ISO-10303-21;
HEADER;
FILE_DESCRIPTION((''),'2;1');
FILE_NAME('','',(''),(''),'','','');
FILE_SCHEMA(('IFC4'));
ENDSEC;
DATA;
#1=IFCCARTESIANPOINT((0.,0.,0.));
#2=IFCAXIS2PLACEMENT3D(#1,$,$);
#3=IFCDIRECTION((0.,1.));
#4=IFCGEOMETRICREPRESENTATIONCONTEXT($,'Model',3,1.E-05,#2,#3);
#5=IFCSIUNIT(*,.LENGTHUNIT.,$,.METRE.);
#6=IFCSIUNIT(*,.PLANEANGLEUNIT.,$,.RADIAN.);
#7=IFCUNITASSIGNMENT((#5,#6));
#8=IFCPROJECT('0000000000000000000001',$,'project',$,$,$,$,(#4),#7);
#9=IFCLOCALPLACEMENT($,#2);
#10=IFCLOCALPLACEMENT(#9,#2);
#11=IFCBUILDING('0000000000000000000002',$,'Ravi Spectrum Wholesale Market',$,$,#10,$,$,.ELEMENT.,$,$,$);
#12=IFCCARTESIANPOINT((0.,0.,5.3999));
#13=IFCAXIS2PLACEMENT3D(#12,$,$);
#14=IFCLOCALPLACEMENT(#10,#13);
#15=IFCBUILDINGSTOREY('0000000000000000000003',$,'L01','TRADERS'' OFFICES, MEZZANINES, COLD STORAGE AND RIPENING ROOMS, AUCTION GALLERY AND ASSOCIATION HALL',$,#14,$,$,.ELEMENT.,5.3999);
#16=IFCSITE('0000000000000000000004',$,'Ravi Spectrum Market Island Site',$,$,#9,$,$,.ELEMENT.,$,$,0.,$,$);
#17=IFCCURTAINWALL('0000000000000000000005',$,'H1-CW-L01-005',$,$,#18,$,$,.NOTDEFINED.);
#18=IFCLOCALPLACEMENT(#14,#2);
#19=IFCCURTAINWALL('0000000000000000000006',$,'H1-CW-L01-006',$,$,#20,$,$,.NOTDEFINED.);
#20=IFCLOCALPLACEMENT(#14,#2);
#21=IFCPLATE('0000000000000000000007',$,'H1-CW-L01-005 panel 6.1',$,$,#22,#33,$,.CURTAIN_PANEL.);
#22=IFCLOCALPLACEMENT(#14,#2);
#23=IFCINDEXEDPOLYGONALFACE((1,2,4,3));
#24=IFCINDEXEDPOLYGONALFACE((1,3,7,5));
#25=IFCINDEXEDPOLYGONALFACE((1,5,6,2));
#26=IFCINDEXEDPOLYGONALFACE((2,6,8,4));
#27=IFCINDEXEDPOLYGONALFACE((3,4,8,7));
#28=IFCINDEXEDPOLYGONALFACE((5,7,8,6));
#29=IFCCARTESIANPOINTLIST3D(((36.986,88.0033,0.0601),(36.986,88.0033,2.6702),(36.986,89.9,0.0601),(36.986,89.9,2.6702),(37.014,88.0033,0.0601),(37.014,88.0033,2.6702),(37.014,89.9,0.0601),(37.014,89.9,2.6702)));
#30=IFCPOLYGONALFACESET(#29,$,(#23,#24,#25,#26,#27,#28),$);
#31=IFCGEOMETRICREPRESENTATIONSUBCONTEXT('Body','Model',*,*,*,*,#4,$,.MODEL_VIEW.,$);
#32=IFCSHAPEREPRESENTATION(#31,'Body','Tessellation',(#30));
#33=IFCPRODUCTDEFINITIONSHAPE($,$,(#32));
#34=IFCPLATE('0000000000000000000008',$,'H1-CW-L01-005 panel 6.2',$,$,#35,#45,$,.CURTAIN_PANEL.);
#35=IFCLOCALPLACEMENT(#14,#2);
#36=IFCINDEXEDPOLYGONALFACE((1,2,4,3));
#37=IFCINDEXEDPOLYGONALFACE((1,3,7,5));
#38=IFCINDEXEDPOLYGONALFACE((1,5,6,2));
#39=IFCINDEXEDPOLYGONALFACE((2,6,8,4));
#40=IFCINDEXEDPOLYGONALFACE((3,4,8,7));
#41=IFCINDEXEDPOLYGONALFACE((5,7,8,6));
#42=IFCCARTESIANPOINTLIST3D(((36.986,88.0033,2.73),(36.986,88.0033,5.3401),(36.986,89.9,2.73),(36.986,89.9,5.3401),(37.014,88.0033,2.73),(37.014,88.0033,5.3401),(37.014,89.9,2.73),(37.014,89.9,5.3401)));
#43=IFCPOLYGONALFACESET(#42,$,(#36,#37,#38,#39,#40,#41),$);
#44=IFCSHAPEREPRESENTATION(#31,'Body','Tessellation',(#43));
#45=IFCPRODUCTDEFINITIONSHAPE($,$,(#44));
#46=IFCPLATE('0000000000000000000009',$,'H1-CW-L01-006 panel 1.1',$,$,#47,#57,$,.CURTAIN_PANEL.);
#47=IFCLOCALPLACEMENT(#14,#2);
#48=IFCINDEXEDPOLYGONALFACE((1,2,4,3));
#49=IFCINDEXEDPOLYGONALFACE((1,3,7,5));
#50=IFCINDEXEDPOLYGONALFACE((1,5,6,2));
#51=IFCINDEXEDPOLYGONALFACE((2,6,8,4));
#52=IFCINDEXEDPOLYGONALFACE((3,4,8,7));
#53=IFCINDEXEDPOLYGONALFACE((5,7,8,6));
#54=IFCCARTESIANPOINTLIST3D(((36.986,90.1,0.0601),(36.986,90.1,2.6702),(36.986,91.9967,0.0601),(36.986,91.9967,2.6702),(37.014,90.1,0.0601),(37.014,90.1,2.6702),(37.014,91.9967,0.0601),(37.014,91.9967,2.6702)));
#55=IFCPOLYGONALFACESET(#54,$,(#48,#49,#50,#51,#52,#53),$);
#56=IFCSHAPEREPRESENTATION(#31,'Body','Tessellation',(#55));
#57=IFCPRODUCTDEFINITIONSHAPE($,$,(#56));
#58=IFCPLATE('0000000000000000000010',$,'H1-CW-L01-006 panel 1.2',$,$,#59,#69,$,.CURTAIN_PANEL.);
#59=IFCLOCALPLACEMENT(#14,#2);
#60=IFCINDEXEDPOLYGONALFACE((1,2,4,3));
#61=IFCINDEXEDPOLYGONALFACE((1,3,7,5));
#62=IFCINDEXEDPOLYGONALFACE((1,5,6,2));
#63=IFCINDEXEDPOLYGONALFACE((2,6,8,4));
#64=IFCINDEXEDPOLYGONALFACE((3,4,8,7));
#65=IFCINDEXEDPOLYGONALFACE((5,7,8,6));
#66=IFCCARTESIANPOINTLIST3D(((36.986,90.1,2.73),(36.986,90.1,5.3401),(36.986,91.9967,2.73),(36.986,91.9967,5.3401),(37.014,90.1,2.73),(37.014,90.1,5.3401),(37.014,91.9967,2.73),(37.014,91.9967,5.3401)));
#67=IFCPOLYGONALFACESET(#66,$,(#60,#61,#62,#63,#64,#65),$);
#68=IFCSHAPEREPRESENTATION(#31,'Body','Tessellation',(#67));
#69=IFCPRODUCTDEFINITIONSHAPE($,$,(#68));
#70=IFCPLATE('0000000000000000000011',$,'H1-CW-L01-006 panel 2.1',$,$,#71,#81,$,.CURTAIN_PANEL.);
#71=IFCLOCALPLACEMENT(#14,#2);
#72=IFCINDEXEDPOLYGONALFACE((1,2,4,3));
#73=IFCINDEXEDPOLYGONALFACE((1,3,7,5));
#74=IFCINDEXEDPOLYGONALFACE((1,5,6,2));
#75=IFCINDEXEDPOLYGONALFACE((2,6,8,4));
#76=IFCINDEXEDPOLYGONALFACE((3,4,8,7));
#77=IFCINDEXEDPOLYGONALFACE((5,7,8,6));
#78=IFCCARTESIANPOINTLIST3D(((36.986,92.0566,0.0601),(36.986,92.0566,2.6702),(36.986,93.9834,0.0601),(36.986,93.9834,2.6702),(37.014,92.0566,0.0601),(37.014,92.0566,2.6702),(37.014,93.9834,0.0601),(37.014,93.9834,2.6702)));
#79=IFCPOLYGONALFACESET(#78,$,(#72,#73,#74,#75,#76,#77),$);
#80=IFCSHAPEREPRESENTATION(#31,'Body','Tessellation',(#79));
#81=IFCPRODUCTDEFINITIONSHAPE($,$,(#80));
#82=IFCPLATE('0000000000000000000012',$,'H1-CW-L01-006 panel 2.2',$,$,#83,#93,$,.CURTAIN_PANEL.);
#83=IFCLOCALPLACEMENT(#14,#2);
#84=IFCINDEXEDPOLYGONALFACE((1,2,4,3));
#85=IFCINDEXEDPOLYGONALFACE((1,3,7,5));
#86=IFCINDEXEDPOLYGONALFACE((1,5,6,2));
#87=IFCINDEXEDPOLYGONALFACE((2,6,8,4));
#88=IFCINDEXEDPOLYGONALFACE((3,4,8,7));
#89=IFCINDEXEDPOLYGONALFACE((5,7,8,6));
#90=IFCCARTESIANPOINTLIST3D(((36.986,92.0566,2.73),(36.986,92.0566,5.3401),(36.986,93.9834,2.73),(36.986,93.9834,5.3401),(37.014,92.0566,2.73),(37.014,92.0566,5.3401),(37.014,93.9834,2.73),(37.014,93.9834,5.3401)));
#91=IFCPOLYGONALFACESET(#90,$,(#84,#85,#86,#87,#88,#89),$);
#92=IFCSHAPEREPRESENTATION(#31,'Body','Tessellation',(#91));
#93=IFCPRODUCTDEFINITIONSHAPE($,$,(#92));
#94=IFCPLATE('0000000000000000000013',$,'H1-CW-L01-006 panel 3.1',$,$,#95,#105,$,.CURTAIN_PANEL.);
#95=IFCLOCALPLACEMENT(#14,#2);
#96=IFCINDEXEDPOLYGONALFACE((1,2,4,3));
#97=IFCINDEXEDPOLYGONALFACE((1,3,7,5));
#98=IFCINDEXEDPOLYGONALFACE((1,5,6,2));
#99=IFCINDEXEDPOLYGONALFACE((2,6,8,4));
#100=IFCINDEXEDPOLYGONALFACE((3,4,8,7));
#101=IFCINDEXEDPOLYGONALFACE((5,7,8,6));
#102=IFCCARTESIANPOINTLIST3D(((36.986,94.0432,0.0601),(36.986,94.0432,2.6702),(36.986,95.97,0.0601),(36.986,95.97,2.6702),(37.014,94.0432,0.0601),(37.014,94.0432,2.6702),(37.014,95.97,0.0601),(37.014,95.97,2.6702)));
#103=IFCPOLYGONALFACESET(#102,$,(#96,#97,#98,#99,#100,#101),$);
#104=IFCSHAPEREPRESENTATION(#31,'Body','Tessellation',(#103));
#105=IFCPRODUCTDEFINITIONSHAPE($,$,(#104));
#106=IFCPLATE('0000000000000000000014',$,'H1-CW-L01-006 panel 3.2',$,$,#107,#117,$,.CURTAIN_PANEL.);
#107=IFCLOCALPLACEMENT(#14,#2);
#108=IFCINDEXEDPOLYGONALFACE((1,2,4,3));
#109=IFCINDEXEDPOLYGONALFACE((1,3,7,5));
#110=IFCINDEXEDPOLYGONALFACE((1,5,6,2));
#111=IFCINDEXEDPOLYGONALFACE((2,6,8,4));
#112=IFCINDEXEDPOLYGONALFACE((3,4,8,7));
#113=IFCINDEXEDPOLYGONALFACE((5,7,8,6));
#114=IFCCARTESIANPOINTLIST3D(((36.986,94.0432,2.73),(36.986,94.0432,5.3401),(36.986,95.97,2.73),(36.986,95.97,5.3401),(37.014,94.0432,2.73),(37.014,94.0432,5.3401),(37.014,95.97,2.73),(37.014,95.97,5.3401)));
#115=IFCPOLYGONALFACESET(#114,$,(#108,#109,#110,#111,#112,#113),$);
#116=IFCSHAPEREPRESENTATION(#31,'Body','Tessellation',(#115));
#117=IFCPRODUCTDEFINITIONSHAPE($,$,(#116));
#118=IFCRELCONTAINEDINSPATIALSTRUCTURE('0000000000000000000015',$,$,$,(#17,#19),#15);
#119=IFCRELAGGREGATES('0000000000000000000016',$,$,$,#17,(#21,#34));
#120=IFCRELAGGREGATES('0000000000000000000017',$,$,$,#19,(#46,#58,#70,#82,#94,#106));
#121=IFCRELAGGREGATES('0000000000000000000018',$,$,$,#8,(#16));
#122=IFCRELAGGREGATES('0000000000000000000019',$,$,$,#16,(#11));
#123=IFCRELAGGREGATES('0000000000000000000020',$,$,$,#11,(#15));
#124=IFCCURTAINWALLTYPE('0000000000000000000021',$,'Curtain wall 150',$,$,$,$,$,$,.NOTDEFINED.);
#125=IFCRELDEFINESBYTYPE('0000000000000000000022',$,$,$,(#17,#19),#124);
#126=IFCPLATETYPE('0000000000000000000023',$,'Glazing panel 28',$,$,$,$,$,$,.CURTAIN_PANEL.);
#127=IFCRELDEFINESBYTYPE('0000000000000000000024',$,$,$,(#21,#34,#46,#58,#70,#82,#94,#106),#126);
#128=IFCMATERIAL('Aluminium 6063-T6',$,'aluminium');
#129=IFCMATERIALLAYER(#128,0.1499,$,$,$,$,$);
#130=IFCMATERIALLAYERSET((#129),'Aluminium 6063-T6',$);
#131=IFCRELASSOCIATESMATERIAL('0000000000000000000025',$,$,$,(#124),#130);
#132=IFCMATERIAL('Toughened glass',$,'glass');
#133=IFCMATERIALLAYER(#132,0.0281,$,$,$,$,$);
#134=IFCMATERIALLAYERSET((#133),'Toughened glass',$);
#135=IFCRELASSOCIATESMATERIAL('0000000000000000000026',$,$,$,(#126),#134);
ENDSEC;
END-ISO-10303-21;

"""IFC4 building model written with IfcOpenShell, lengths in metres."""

from ifc_helpers import new_model, si_unit, direction, frame, origin, origin_2d, place, context, subcontext, project, spatial, rectangle, extrude, material, layer, layer_set, type_object, element, aggregate, save


model = new_model("IFC4")

# Units and contexts
model_context = context("Model", 3, precision=1e-05, world=origin(), true_north=direction((0.0, 1.0)))
body_context = subcontext(model_context, "Body", "Model", "MODEL_VIEW")
ifc_project = project(units=[si_unit("LENGTHUNIT", "METRE"), si_unit("PLANEANGLEUNIT", "RADIAN")], contexts=[model_context])

# Site, building, storey
site_placement = place(None, origin())
site = spatial("IfcSite", under=ifc_project, at=site_placement, Name="Ravi Spectrum Market Island Site", CompositionType="ELEMENT", RefElevation=0.0)
building_placement = place(site_placement, origin())
building = spatial("IfcBuilding", under=site, at=building_placement, Name="Ravi Spectrum Wholesale Market", CompositionType="ELEMENT")
storey_placement = place(building_placement, frame((0.0, 0.0, 5.3999)))
storey = spatial("IfcBuildingStorey", under=building, at=storey_placement, Name="L01", Description="TRADERS' OFFICES, MEZZANINES, COLD STORAGE AND RIPENING ROOMS, AUCTION GALLERY AND ASSOCIATION HALL", CompositionType="ELEMENT", Elevation=5.3999)

# Curtain wall
ifc_material_1 = material(Name="Aluminium 6063-T6", Category="aluminium")
ifc_layer_1 = layer(ifc_material_1, 0.1499)
ifc_layer_set_1 = layer_set([ifc_layer_1], Name="Aluminium 6063-T6")
curtain_wall_type = type_object("IfcCurtainWallType", Name="Curtain wall 150", PredefinedType="NOTDEFINED", material=ifc_layer_set_1)
curtain_wall_1_placement = place(storey_placement, origin())
curtain_wall_1 = element("IfcCurtainWall", 1, at=curtain_wall_1_placement, inside=storey, type_object=curtain_wall_type, Name="H1-CW-L01-005", PredefinedType="NOTDEFINED")

# Curtain wall
curtain_wall_2_placement = place(storey_placement, origin())
curtain_wall_2 = element("IfcCurtainWall", 2, at=curtain_wall_2_placement, inside=storey, type_object=curtain_wall_type, Name="H1-CW-L01-006", PredefinedType="NOTDEFINED")

# Plates
ifc_material_2 = material(Name="Toughened glass", Category="glass")
ifc_layer_2 = layer(ifc_material_2, 0.0281)
ifc_layer_set_2 = layer_set([ifc_layer_2], Name="Toughened glass")
plate_type = type_object("IfcPlateType", Name="Glazing panel 28", PredefinedType="CURTAIN_PANEL", material=ifc_layer_set_2)
plate_1_placement = place(storey_placement, frame((37.0, 88.9517, 0.0601), z_axis=(0.0, 0.0, 1.0), x_axis=(0.0, 1.0, 0.0)))
plate_1 = element("IfcPlate", 3, at=plate_1_placement, type_object=plate_type, Name="H1-CW-L01-005 panel 6.1", PredefinedType="CURTAIN_PANEL", context=body_context, shape_type="SweptSolid", body=[
    extrude(rectangle(XDim=1.8967, YDim=0.0281, at=origin_2d()), origin(), (0.0, 0.0, 1.0), 2.6101),
])
plate_2_placement = place(storey_placement, frame((37.0, 88.9517, 2.73), z_axis=(0.0, 0.0, 1.0), x_axis=(0.0, 1.0, 0.0)))
plate_2 = element("IfcPlate", 4, at=plate_2_placement, type_object=plate_type, Name="H1-CW-L01-005 panel 6.2", PredefinedType="CURTAIN_PANEL", context=body_context, shape_type="SweptSolid", body=[
    extrude(rectangle(XDim=1.8967, YDim=0.0281, at=origin_2d()), origin(), (0.0, 0.0, 1.0), 2.6101),
])
aggregate(curtain_wall_1, [plate_1, plate_2])
plate_3_placement = place(storey_placement, frame((37.0, 91.0483, 0.0601), z_axis=(0.0, 0.0, 1.0), x_axis=(0.0, 1.0, 0.0)))
plate_3 = element("IfcPlate", 5, at=plate_3_placement, type_object=plate_type, Name="H1-CW-L01-006 panel 1.1", PredefinedType="CURTAIN_PANEL", context=body_context, shape_type="SweptSolid", body=[
    extrude(rectangle(XDim=1.8967, YDim=0.0281, at=origin_2d()), origin(), (0.0, 0.0, 1.0), 2.6101),
])
plate_4_placement = place(storey_placement, frame((37.0, 91.0483, 2.73), z_axis=(0.0, 0.0, 1.0), x_axis=(0.0, 1.0, 0.0)))
plate_4 = element("IfcPlate", 6, at=plate_4_placement, type_object=plate_type, Name="H1-CW-L01-006 panel 1.2", PredefinedType="CURTAIN_PANEL", context=body_context, shape_type="SweptSolid", body=[
    extrude(rectangle(XDim=1.8967, YDim=0.0281, at=origin_2d()), origin(), (0.0, 0.0, 1.0), 2.6101),
])
plate_5_placement = place(storey_placement, frame((37.0, 93.02, 0.0601), z_axis=(0.0, 0.0, 1.0), x_axis=(0.0, 1.0, 0.0)))
plate_5 = element("IfcPlate", 7, at=plate_5_placement, type_object=plate_type, Name="H1-CW-L01-006 panel 2.1", PredefinedType="CURTAIN_PANEL", context=body_context, shape_type="SweptSolid", body=[
    extrude(rectangle(XDim=1.9268, YDim=0.0281, at=origin_2d()), origin(), (0.0, 0.0, 1.0), 2.6101),
])
plate_6_placement = place(storey_placement, frame((37.0, 93.02, 2.73), z_axis=(0.0, 0.0, 1.0), x_axis=(0.0, 1.0, 0.0)))
plate_6 = element("IfcPlate", 8, at=plate_6_placement, type_object=plate_type, Name="H1-CW-L01-006 panel 2.2", PredefinedType="CURTAIN_PANEL", context=body_context, shape_type="SweptSolid", body=[
    extrude(rectangle(XDim=1.9268, YDim=0.0281, at=origin_2d()), origin(), (0.0, 0.0, 1.0), 2.6101),
])
plate_7_placement = place(storey_placement, frame((37.0, 95.0066, 0.0601), z_axis=(0.0, 0.0, 1.0), x_axis=(0.0, 1.0, 0.0)))
plate_7 = element("IfcPlate", 9, at=plate_7_placement, type_object=plate_type, Name="H1-CW-L01-006 panel 3.1", PredefinedType="CURTAIN_PANEL", context=body_context, shape_type="SweptSolid", body=[
    extrude(rectangle(XDim=1.9268, YDim=0.0281, at=origin_2d()), origin(), (0.0, 0.0, 1.0), 2.6101),
])
plate_8_placement = place(storey_placement, frame((37.0, 95.0066, 2.73), z_axis=(0.0, 0.0, 1.0), x_axis=(0.0, 1.0, 0.0)))
plate_8 = element("IfcPlate", 10, at=plate_8_placement, type_object=plate_type, Name="H1-CW-L01-006 panel 3.2", PredefinedType="CURTAIN_PANEL", context=body_context, shape_type="SweptSolid", body=[
    extrude(rectangle(XDim=1.9268, YDim=0.0281, at=origin_2d()), origin(), (0.0, 0.0, 1.0), 2.6101),
])
aggregate(curtain_wall_2, [plate_3, plate_4, plate_5, plate_6, plate_7, plate_8])

save(model, "model.ifc")
